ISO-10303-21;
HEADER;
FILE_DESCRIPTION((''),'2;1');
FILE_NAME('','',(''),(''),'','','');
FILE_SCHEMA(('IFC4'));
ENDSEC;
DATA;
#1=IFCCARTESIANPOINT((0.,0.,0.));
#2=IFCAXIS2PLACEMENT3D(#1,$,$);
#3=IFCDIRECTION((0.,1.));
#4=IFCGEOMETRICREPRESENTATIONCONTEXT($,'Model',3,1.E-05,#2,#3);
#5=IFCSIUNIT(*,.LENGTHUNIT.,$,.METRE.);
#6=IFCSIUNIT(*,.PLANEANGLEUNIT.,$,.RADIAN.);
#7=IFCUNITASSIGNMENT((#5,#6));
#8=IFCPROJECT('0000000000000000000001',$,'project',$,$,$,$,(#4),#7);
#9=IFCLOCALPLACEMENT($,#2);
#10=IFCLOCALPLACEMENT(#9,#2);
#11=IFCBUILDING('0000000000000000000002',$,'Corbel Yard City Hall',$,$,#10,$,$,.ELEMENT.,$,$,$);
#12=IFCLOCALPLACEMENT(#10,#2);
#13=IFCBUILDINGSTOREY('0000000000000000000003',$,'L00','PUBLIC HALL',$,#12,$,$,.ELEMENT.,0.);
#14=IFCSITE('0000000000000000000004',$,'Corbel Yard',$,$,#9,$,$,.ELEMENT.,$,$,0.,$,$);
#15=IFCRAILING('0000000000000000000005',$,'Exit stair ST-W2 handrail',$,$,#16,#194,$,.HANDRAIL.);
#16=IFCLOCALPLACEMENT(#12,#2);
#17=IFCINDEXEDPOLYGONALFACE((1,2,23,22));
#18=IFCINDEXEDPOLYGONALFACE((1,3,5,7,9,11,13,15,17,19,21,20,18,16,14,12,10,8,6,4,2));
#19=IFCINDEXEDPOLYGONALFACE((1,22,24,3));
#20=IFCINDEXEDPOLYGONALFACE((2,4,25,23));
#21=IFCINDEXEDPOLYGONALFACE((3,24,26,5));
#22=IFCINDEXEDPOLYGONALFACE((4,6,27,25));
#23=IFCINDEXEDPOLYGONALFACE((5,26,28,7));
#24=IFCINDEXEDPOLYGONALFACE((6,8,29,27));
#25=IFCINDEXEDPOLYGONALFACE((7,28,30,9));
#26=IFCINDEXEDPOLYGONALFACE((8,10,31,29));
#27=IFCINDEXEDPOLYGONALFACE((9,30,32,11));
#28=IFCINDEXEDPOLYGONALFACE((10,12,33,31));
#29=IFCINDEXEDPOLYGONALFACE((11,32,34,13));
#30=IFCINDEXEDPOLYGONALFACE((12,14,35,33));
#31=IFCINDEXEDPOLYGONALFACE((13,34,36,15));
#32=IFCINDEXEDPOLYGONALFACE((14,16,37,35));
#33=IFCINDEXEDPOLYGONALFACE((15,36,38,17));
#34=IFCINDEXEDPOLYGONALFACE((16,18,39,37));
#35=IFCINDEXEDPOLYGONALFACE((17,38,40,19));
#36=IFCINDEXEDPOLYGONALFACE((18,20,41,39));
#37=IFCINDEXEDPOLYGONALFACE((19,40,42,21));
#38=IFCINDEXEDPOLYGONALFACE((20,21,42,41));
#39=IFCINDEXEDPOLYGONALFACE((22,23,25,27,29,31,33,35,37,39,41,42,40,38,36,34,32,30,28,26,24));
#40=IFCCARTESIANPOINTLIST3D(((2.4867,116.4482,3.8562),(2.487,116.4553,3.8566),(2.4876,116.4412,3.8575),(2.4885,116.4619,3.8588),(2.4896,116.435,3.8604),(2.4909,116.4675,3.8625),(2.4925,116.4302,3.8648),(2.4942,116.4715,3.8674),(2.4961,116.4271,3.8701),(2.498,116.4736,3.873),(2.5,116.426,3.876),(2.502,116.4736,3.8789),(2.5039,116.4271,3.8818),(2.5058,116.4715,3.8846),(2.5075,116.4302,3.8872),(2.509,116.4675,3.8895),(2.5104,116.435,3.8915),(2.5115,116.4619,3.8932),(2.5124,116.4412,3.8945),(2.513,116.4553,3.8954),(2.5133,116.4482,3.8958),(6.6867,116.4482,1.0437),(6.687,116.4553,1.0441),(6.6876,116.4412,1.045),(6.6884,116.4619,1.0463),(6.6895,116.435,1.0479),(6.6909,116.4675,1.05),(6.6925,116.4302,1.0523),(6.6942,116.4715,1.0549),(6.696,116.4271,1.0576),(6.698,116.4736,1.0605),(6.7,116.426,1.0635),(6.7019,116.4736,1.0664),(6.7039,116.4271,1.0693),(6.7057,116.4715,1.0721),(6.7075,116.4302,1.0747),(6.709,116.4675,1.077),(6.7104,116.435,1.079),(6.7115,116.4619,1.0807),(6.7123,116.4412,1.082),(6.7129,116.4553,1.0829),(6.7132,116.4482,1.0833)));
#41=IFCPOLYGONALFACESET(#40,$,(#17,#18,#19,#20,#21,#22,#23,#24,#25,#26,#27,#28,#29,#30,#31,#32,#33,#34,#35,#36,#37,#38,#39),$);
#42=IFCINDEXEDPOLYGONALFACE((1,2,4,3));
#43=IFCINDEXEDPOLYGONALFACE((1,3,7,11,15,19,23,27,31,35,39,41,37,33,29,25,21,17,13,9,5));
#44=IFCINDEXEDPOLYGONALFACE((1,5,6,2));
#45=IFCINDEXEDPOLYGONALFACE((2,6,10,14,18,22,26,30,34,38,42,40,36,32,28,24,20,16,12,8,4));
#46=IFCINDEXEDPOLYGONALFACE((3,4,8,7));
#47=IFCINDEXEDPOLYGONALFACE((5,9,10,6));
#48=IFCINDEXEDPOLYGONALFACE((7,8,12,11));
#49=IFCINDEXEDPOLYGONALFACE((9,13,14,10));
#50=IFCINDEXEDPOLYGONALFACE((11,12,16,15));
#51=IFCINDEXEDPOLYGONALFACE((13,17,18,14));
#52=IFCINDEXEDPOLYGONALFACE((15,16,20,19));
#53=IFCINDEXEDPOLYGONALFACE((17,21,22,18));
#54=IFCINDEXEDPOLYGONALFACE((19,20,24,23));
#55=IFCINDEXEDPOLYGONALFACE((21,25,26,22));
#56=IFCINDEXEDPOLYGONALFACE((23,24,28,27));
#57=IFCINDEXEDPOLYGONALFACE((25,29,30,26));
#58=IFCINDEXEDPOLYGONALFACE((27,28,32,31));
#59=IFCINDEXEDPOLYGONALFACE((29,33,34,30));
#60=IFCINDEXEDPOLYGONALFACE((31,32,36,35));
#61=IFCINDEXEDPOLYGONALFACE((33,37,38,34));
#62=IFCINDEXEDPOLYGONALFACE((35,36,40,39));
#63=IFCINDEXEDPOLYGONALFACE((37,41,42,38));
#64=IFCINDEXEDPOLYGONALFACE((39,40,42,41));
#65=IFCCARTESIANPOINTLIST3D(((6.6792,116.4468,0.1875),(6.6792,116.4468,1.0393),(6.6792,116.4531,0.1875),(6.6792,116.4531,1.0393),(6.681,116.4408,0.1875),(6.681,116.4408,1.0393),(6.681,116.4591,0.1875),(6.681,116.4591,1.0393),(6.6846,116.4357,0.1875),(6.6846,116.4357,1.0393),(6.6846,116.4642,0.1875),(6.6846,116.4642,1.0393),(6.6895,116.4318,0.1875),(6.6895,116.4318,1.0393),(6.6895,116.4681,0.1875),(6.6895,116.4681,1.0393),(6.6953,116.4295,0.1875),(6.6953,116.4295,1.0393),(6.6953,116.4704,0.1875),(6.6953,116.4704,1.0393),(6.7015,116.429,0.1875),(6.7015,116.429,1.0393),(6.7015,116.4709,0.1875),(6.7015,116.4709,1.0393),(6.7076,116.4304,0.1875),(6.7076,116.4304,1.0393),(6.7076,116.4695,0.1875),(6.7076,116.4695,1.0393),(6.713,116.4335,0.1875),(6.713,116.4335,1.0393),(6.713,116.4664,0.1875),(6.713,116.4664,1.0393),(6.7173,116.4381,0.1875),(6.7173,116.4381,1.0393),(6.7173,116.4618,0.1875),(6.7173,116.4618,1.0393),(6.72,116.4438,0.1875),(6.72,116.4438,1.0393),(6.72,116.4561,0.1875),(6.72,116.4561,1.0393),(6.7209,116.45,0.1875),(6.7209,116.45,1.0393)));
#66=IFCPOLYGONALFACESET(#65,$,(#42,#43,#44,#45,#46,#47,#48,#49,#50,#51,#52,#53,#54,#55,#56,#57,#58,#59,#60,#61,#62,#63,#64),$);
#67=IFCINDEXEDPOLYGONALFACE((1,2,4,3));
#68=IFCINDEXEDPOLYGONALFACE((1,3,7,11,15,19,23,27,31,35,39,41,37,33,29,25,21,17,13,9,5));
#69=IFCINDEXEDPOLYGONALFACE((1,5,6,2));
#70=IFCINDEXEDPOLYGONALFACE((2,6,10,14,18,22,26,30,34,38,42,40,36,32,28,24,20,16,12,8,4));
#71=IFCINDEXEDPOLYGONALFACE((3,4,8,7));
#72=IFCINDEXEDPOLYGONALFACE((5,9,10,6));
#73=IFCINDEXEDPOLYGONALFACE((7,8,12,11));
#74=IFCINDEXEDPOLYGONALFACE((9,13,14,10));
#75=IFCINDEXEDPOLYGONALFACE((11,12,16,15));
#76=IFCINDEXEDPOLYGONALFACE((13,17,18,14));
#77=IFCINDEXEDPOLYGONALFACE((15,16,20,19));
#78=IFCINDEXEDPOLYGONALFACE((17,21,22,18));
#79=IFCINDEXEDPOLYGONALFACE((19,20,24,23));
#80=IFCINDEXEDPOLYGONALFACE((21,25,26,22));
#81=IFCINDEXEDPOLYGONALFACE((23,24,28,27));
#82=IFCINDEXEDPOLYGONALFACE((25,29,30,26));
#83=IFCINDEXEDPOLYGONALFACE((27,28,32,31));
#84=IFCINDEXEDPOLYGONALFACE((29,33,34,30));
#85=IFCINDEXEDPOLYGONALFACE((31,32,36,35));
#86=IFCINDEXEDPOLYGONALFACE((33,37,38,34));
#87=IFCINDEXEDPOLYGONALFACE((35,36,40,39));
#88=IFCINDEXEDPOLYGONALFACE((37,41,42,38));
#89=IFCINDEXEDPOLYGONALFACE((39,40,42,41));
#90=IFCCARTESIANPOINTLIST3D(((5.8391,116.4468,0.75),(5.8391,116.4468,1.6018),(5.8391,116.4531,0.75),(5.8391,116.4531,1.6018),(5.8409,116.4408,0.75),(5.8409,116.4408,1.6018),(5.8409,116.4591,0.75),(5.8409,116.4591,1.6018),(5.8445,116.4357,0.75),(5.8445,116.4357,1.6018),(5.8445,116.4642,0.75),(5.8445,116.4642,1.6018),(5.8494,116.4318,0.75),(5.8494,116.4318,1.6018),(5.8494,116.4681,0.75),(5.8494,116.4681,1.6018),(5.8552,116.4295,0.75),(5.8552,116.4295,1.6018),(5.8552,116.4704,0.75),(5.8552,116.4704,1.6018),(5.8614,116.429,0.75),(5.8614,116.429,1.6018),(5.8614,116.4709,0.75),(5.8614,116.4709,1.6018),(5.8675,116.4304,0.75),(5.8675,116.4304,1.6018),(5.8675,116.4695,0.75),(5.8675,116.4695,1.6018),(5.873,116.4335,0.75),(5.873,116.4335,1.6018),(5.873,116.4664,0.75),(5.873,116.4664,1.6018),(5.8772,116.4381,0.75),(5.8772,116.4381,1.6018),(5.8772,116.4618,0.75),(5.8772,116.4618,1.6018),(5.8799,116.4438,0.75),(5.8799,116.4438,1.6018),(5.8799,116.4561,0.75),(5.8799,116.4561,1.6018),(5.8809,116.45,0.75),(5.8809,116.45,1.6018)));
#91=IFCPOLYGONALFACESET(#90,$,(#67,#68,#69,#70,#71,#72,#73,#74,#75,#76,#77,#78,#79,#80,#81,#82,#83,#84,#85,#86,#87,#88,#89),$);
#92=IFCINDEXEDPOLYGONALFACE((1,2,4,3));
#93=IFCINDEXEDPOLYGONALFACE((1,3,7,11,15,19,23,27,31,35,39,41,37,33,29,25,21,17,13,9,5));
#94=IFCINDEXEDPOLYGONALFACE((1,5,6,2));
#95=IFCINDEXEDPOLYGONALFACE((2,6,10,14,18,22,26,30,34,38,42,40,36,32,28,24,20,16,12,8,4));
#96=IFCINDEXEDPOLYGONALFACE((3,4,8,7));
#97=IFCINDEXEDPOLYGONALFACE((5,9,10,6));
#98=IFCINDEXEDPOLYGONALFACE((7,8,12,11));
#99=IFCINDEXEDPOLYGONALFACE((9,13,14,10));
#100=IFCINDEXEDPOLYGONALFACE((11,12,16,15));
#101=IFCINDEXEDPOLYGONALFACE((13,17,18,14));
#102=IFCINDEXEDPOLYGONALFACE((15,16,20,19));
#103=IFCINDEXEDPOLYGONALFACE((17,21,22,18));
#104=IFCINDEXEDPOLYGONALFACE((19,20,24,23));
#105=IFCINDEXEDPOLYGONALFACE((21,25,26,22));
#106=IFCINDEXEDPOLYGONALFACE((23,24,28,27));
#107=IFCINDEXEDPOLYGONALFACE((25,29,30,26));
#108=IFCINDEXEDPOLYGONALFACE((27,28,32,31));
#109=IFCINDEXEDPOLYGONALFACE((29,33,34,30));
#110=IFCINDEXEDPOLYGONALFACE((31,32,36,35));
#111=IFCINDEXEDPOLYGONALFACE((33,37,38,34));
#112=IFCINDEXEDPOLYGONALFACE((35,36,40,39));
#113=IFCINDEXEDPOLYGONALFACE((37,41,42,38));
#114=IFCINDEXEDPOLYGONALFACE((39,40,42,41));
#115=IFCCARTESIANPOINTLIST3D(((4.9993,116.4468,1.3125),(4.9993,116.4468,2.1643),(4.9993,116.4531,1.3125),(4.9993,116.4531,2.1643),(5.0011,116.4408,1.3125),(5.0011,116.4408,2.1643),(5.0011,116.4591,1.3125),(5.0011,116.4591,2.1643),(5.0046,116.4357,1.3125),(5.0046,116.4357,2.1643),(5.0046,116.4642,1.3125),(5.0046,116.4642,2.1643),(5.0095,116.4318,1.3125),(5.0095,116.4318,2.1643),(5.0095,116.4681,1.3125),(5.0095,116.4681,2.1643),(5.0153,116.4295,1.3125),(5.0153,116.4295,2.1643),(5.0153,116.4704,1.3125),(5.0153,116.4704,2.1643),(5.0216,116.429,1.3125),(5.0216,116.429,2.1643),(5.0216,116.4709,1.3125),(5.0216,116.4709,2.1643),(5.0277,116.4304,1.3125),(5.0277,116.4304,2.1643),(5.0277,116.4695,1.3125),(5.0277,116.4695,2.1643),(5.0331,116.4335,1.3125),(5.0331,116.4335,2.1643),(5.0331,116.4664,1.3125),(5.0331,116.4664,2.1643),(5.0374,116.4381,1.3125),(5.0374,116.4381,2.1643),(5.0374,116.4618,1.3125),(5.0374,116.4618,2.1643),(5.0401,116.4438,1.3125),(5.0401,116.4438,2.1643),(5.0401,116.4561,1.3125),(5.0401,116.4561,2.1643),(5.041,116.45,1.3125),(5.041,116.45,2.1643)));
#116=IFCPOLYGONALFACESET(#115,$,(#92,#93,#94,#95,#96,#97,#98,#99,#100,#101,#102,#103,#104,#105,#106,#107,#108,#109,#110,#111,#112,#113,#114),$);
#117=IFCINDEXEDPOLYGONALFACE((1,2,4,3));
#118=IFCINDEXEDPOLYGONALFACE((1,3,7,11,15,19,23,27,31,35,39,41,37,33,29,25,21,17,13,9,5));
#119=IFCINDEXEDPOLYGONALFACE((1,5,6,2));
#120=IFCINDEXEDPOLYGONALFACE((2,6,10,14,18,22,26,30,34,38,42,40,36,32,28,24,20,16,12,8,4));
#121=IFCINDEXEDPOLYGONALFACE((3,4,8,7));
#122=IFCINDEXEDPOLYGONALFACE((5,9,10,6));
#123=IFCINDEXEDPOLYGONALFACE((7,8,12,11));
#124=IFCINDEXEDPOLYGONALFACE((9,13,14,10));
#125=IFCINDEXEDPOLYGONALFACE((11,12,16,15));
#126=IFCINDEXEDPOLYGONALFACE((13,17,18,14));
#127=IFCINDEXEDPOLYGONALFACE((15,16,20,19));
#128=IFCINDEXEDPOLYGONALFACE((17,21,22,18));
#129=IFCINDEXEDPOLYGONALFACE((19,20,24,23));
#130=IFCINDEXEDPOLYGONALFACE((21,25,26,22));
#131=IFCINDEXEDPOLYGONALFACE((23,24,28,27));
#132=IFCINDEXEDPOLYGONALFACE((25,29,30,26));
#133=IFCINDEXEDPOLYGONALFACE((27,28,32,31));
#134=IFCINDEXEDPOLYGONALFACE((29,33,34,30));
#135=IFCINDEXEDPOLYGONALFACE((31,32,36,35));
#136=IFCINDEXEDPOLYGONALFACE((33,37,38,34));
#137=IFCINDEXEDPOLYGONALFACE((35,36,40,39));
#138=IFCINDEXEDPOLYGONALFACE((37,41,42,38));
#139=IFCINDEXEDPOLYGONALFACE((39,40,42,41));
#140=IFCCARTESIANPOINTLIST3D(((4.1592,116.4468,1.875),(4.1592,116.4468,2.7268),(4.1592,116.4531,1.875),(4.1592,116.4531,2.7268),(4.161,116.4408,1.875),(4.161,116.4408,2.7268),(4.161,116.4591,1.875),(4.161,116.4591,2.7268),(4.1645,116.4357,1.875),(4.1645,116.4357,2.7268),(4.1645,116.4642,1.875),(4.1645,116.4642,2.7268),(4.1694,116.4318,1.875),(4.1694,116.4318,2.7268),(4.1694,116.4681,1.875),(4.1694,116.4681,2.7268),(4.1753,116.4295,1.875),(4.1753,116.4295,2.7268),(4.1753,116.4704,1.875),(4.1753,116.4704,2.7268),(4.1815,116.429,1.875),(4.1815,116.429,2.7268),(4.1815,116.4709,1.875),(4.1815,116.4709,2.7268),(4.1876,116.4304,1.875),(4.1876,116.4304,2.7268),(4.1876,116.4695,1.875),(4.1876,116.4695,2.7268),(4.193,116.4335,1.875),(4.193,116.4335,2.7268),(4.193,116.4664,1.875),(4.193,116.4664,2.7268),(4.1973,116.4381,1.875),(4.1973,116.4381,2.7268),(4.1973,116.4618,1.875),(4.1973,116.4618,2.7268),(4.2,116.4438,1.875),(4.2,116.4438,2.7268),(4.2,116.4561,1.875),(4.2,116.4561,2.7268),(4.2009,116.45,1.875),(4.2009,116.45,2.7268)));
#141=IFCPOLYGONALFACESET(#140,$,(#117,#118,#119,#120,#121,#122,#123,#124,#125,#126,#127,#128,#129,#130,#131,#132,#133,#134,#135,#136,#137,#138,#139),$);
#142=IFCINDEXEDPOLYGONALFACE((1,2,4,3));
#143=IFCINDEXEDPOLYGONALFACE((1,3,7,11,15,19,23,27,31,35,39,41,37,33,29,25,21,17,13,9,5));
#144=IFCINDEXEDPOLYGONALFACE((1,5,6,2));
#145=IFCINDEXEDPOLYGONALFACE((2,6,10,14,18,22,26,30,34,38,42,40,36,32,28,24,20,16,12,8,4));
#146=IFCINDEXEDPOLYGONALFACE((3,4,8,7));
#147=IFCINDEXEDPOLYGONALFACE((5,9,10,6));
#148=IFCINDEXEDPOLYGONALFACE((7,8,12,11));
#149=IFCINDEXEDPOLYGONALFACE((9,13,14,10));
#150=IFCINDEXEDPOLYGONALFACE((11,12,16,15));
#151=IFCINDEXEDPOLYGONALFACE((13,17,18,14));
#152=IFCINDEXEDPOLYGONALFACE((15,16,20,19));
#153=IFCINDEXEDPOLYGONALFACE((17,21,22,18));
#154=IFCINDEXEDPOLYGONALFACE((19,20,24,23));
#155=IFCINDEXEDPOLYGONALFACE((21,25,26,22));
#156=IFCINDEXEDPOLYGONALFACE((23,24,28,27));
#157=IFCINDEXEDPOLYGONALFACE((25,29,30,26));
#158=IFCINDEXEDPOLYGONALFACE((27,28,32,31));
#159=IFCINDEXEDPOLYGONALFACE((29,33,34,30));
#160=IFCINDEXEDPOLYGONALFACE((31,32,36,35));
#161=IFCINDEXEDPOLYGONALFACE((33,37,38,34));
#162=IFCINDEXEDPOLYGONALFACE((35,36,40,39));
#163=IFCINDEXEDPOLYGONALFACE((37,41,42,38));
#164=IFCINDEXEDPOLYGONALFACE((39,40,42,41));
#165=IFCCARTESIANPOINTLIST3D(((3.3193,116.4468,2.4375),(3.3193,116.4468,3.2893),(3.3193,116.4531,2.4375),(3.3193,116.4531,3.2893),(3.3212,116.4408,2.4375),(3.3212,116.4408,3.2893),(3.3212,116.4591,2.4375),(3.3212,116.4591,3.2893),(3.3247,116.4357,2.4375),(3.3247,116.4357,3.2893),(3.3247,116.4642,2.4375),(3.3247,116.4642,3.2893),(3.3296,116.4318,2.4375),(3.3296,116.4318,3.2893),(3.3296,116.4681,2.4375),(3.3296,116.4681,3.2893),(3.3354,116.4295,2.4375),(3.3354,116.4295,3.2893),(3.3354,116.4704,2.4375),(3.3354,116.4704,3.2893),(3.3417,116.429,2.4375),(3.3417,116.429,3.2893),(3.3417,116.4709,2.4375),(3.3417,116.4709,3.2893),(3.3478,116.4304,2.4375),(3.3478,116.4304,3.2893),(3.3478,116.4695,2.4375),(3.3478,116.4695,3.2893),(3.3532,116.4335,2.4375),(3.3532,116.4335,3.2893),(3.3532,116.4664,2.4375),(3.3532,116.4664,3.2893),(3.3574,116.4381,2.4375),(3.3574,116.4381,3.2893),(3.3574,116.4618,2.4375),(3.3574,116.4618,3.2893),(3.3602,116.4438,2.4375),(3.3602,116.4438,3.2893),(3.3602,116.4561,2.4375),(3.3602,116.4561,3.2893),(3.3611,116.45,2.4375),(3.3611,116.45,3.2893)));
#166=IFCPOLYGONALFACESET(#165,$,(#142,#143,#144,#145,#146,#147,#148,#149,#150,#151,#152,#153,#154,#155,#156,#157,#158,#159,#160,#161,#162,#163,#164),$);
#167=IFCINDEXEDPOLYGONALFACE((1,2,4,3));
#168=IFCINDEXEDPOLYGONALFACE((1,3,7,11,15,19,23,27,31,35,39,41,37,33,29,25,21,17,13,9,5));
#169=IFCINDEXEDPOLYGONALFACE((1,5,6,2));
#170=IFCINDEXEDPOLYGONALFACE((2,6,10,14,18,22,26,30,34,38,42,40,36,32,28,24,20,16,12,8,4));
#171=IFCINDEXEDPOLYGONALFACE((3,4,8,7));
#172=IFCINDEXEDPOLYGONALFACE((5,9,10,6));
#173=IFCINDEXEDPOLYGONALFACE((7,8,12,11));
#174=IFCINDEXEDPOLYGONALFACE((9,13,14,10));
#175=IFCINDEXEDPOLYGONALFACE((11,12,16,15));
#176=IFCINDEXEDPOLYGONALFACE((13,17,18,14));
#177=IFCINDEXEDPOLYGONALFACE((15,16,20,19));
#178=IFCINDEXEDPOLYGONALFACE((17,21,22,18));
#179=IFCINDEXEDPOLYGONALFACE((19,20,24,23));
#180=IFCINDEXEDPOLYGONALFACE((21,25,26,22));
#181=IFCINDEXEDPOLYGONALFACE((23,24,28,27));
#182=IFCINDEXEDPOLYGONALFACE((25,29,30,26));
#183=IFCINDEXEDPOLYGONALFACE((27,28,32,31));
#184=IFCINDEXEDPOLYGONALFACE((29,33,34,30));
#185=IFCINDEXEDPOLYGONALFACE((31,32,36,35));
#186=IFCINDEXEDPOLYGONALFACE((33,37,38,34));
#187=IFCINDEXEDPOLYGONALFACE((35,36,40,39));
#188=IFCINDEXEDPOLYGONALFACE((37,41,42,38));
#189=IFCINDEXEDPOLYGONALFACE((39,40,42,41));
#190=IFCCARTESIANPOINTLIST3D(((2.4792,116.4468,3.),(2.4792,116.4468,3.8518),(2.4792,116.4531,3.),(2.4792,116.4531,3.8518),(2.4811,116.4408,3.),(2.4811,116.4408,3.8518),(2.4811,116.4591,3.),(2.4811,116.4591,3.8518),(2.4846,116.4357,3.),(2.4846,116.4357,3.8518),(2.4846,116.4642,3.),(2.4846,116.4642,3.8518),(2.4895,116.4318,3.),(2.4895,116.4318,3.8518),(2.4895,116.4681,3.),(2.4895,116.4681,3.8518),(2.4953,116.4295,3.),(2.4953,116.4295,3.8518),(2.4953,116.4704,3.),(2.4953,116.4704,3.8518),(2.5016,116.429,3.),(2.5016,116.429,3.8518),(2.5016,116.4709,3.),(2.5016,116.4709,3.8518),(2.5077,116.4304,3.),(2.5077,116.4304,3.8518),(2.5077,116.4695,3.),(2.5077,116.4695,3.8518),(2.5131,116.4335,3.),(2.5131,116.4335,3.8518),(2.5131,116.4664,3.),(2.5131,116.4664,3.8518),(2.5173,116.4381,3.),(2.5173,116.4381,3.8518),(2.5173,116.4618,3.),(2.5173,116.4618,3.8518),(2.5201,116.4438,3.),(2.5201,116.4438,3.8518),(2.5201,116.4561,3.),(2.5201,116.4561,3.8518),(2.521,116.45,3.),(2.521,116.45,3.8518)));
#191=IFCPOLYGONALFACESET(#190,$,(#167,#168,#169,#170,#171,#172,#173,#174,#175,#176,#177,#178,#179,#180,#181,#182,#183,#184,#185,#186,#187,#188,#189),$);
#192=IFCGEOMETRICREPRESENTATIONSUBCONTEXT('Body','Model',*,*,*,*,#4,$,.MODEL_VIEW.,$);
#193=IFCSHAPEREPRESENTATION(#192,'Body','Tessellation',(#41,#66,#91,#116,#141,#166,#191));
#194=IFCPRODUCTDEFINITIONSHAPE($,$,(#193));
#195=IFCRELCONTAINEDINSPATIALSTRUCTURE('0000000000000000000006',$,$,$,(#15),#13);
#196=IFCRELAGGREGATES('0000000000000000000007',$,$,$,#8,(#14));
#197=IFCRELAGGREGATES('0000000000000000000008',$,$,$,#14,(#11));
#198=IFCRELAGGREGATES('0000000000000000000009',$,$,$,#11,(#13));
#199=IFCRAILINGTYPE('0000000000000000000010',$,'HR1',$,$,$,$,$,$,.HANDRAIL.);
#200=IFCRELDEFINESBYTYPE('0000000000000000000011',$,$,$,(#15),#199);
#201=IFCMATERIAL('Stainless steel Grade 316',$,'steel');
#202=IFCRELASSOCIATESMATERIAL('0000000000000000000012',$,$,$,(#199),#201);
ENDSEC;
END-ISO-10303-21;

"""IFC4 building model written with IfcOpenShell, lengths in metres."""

from ifc_helpers import new_model, si_unit, direction, frame, origin, origin_2d, place, context, subcontext, project, spatial, circle, extrude, material, type_object, element, save


model = new_model("IFC4")

# Units and contexts
model_context = context("Model", 3, precision=1e-05, world=origin(), true_north=direction((0.0, 1.0)))
body_context = subcontext(model_context, "Body", "Model", "MODEL_VIEW")
ifc_project = project(units=[si_unit("LENGTHUNIT", "METRE"), si_unit("PLANEANGLEUNIT", "RADIAN")], contexts=[model_context])

# Site, building, storey
site_placement = place(None, origin())
site = spatial("IfcSite", under=ifc_project, at=site_placement, Name="Corbel Yard", CompositionType="ELEMENT", RefElevation=0.0)
building_placement = place(site_placement, origin())
building = spatial("IfcBuilding", under=site, at=building_placement, Name="Corbel Yard City Hall", CompositionType="ELEMENT")
storey_placement = place(building_placement, origin())
storey = spatial("IfcBuildingStorey", under=building, at=storey_placement, Name="L00", Description="PUBLIC HALL", CompositionType="ELEMENT", Elevation=0.0)

# Shared definitions
ifc_material_1 = material(Name="Stainless steel Grade 316", Category="steel")

# Railing
railing_type = type_object("IfcRailingType", Name="HR1", PredefinedType="HANDRAIL", material=ifc_material_1)
for number, where, name in (
    (1, (6.7, 116.45, 0.1875), "Exit stair ST-W2 handrail"),
):
    element("IfcRailing", number, at=place(storey_placement, frame(where)), inside=storey, type_object=railing_type, Name=name, PredefinedType="HANDRAIL", context=body_context, shape_type="SweptSolid", body=[
        extrude(circle(Radius=0.0239, at=origin_2d()), frame((0.0, 0.0, 0.876), z_axis=(-0.830904, 0.0, 0.556416), x_axis=(0.0, -1.0, 0.0)), (0.0, 0.0, 1.0), 5.0547),
        extrude(circle(Radius=0.021, at=origin_2d()), origin(), (0.0, 0.0, 1.0), 0.8518),
        extrude(circle(Radius=0.021, at=origin_2d()), frame((-0.8401, 0.0, 0.5625)), (0.0, 0.0, 1.0), 0.8518),
        extrude(circle(Radius=0.021, at=origin_2d()), frame((-1.6799, 0.0, 1.125)), (0.0, 0.0, 1.0), 0.8518),
        extrude(circle(Radius=0.021, at=origin_2d()), frame((-2.52, 0.0, 1.6875)), (0.0, 0.0, 1.0), 0.8518),
        extrude(circle(Radius=0.021, at=origin_2d()), frame((-3.3599, 0.0, 2.25)), (0.0, 0.0, 1.0), 0.8518),
        extrude(circle(Radius=0.021, at=origin_2d()), frame((-4.2, 0.0, 2.8125)), (0.0, 0.0, 1.0), 0.8518),
    ])

save(model, "model.ifc")
